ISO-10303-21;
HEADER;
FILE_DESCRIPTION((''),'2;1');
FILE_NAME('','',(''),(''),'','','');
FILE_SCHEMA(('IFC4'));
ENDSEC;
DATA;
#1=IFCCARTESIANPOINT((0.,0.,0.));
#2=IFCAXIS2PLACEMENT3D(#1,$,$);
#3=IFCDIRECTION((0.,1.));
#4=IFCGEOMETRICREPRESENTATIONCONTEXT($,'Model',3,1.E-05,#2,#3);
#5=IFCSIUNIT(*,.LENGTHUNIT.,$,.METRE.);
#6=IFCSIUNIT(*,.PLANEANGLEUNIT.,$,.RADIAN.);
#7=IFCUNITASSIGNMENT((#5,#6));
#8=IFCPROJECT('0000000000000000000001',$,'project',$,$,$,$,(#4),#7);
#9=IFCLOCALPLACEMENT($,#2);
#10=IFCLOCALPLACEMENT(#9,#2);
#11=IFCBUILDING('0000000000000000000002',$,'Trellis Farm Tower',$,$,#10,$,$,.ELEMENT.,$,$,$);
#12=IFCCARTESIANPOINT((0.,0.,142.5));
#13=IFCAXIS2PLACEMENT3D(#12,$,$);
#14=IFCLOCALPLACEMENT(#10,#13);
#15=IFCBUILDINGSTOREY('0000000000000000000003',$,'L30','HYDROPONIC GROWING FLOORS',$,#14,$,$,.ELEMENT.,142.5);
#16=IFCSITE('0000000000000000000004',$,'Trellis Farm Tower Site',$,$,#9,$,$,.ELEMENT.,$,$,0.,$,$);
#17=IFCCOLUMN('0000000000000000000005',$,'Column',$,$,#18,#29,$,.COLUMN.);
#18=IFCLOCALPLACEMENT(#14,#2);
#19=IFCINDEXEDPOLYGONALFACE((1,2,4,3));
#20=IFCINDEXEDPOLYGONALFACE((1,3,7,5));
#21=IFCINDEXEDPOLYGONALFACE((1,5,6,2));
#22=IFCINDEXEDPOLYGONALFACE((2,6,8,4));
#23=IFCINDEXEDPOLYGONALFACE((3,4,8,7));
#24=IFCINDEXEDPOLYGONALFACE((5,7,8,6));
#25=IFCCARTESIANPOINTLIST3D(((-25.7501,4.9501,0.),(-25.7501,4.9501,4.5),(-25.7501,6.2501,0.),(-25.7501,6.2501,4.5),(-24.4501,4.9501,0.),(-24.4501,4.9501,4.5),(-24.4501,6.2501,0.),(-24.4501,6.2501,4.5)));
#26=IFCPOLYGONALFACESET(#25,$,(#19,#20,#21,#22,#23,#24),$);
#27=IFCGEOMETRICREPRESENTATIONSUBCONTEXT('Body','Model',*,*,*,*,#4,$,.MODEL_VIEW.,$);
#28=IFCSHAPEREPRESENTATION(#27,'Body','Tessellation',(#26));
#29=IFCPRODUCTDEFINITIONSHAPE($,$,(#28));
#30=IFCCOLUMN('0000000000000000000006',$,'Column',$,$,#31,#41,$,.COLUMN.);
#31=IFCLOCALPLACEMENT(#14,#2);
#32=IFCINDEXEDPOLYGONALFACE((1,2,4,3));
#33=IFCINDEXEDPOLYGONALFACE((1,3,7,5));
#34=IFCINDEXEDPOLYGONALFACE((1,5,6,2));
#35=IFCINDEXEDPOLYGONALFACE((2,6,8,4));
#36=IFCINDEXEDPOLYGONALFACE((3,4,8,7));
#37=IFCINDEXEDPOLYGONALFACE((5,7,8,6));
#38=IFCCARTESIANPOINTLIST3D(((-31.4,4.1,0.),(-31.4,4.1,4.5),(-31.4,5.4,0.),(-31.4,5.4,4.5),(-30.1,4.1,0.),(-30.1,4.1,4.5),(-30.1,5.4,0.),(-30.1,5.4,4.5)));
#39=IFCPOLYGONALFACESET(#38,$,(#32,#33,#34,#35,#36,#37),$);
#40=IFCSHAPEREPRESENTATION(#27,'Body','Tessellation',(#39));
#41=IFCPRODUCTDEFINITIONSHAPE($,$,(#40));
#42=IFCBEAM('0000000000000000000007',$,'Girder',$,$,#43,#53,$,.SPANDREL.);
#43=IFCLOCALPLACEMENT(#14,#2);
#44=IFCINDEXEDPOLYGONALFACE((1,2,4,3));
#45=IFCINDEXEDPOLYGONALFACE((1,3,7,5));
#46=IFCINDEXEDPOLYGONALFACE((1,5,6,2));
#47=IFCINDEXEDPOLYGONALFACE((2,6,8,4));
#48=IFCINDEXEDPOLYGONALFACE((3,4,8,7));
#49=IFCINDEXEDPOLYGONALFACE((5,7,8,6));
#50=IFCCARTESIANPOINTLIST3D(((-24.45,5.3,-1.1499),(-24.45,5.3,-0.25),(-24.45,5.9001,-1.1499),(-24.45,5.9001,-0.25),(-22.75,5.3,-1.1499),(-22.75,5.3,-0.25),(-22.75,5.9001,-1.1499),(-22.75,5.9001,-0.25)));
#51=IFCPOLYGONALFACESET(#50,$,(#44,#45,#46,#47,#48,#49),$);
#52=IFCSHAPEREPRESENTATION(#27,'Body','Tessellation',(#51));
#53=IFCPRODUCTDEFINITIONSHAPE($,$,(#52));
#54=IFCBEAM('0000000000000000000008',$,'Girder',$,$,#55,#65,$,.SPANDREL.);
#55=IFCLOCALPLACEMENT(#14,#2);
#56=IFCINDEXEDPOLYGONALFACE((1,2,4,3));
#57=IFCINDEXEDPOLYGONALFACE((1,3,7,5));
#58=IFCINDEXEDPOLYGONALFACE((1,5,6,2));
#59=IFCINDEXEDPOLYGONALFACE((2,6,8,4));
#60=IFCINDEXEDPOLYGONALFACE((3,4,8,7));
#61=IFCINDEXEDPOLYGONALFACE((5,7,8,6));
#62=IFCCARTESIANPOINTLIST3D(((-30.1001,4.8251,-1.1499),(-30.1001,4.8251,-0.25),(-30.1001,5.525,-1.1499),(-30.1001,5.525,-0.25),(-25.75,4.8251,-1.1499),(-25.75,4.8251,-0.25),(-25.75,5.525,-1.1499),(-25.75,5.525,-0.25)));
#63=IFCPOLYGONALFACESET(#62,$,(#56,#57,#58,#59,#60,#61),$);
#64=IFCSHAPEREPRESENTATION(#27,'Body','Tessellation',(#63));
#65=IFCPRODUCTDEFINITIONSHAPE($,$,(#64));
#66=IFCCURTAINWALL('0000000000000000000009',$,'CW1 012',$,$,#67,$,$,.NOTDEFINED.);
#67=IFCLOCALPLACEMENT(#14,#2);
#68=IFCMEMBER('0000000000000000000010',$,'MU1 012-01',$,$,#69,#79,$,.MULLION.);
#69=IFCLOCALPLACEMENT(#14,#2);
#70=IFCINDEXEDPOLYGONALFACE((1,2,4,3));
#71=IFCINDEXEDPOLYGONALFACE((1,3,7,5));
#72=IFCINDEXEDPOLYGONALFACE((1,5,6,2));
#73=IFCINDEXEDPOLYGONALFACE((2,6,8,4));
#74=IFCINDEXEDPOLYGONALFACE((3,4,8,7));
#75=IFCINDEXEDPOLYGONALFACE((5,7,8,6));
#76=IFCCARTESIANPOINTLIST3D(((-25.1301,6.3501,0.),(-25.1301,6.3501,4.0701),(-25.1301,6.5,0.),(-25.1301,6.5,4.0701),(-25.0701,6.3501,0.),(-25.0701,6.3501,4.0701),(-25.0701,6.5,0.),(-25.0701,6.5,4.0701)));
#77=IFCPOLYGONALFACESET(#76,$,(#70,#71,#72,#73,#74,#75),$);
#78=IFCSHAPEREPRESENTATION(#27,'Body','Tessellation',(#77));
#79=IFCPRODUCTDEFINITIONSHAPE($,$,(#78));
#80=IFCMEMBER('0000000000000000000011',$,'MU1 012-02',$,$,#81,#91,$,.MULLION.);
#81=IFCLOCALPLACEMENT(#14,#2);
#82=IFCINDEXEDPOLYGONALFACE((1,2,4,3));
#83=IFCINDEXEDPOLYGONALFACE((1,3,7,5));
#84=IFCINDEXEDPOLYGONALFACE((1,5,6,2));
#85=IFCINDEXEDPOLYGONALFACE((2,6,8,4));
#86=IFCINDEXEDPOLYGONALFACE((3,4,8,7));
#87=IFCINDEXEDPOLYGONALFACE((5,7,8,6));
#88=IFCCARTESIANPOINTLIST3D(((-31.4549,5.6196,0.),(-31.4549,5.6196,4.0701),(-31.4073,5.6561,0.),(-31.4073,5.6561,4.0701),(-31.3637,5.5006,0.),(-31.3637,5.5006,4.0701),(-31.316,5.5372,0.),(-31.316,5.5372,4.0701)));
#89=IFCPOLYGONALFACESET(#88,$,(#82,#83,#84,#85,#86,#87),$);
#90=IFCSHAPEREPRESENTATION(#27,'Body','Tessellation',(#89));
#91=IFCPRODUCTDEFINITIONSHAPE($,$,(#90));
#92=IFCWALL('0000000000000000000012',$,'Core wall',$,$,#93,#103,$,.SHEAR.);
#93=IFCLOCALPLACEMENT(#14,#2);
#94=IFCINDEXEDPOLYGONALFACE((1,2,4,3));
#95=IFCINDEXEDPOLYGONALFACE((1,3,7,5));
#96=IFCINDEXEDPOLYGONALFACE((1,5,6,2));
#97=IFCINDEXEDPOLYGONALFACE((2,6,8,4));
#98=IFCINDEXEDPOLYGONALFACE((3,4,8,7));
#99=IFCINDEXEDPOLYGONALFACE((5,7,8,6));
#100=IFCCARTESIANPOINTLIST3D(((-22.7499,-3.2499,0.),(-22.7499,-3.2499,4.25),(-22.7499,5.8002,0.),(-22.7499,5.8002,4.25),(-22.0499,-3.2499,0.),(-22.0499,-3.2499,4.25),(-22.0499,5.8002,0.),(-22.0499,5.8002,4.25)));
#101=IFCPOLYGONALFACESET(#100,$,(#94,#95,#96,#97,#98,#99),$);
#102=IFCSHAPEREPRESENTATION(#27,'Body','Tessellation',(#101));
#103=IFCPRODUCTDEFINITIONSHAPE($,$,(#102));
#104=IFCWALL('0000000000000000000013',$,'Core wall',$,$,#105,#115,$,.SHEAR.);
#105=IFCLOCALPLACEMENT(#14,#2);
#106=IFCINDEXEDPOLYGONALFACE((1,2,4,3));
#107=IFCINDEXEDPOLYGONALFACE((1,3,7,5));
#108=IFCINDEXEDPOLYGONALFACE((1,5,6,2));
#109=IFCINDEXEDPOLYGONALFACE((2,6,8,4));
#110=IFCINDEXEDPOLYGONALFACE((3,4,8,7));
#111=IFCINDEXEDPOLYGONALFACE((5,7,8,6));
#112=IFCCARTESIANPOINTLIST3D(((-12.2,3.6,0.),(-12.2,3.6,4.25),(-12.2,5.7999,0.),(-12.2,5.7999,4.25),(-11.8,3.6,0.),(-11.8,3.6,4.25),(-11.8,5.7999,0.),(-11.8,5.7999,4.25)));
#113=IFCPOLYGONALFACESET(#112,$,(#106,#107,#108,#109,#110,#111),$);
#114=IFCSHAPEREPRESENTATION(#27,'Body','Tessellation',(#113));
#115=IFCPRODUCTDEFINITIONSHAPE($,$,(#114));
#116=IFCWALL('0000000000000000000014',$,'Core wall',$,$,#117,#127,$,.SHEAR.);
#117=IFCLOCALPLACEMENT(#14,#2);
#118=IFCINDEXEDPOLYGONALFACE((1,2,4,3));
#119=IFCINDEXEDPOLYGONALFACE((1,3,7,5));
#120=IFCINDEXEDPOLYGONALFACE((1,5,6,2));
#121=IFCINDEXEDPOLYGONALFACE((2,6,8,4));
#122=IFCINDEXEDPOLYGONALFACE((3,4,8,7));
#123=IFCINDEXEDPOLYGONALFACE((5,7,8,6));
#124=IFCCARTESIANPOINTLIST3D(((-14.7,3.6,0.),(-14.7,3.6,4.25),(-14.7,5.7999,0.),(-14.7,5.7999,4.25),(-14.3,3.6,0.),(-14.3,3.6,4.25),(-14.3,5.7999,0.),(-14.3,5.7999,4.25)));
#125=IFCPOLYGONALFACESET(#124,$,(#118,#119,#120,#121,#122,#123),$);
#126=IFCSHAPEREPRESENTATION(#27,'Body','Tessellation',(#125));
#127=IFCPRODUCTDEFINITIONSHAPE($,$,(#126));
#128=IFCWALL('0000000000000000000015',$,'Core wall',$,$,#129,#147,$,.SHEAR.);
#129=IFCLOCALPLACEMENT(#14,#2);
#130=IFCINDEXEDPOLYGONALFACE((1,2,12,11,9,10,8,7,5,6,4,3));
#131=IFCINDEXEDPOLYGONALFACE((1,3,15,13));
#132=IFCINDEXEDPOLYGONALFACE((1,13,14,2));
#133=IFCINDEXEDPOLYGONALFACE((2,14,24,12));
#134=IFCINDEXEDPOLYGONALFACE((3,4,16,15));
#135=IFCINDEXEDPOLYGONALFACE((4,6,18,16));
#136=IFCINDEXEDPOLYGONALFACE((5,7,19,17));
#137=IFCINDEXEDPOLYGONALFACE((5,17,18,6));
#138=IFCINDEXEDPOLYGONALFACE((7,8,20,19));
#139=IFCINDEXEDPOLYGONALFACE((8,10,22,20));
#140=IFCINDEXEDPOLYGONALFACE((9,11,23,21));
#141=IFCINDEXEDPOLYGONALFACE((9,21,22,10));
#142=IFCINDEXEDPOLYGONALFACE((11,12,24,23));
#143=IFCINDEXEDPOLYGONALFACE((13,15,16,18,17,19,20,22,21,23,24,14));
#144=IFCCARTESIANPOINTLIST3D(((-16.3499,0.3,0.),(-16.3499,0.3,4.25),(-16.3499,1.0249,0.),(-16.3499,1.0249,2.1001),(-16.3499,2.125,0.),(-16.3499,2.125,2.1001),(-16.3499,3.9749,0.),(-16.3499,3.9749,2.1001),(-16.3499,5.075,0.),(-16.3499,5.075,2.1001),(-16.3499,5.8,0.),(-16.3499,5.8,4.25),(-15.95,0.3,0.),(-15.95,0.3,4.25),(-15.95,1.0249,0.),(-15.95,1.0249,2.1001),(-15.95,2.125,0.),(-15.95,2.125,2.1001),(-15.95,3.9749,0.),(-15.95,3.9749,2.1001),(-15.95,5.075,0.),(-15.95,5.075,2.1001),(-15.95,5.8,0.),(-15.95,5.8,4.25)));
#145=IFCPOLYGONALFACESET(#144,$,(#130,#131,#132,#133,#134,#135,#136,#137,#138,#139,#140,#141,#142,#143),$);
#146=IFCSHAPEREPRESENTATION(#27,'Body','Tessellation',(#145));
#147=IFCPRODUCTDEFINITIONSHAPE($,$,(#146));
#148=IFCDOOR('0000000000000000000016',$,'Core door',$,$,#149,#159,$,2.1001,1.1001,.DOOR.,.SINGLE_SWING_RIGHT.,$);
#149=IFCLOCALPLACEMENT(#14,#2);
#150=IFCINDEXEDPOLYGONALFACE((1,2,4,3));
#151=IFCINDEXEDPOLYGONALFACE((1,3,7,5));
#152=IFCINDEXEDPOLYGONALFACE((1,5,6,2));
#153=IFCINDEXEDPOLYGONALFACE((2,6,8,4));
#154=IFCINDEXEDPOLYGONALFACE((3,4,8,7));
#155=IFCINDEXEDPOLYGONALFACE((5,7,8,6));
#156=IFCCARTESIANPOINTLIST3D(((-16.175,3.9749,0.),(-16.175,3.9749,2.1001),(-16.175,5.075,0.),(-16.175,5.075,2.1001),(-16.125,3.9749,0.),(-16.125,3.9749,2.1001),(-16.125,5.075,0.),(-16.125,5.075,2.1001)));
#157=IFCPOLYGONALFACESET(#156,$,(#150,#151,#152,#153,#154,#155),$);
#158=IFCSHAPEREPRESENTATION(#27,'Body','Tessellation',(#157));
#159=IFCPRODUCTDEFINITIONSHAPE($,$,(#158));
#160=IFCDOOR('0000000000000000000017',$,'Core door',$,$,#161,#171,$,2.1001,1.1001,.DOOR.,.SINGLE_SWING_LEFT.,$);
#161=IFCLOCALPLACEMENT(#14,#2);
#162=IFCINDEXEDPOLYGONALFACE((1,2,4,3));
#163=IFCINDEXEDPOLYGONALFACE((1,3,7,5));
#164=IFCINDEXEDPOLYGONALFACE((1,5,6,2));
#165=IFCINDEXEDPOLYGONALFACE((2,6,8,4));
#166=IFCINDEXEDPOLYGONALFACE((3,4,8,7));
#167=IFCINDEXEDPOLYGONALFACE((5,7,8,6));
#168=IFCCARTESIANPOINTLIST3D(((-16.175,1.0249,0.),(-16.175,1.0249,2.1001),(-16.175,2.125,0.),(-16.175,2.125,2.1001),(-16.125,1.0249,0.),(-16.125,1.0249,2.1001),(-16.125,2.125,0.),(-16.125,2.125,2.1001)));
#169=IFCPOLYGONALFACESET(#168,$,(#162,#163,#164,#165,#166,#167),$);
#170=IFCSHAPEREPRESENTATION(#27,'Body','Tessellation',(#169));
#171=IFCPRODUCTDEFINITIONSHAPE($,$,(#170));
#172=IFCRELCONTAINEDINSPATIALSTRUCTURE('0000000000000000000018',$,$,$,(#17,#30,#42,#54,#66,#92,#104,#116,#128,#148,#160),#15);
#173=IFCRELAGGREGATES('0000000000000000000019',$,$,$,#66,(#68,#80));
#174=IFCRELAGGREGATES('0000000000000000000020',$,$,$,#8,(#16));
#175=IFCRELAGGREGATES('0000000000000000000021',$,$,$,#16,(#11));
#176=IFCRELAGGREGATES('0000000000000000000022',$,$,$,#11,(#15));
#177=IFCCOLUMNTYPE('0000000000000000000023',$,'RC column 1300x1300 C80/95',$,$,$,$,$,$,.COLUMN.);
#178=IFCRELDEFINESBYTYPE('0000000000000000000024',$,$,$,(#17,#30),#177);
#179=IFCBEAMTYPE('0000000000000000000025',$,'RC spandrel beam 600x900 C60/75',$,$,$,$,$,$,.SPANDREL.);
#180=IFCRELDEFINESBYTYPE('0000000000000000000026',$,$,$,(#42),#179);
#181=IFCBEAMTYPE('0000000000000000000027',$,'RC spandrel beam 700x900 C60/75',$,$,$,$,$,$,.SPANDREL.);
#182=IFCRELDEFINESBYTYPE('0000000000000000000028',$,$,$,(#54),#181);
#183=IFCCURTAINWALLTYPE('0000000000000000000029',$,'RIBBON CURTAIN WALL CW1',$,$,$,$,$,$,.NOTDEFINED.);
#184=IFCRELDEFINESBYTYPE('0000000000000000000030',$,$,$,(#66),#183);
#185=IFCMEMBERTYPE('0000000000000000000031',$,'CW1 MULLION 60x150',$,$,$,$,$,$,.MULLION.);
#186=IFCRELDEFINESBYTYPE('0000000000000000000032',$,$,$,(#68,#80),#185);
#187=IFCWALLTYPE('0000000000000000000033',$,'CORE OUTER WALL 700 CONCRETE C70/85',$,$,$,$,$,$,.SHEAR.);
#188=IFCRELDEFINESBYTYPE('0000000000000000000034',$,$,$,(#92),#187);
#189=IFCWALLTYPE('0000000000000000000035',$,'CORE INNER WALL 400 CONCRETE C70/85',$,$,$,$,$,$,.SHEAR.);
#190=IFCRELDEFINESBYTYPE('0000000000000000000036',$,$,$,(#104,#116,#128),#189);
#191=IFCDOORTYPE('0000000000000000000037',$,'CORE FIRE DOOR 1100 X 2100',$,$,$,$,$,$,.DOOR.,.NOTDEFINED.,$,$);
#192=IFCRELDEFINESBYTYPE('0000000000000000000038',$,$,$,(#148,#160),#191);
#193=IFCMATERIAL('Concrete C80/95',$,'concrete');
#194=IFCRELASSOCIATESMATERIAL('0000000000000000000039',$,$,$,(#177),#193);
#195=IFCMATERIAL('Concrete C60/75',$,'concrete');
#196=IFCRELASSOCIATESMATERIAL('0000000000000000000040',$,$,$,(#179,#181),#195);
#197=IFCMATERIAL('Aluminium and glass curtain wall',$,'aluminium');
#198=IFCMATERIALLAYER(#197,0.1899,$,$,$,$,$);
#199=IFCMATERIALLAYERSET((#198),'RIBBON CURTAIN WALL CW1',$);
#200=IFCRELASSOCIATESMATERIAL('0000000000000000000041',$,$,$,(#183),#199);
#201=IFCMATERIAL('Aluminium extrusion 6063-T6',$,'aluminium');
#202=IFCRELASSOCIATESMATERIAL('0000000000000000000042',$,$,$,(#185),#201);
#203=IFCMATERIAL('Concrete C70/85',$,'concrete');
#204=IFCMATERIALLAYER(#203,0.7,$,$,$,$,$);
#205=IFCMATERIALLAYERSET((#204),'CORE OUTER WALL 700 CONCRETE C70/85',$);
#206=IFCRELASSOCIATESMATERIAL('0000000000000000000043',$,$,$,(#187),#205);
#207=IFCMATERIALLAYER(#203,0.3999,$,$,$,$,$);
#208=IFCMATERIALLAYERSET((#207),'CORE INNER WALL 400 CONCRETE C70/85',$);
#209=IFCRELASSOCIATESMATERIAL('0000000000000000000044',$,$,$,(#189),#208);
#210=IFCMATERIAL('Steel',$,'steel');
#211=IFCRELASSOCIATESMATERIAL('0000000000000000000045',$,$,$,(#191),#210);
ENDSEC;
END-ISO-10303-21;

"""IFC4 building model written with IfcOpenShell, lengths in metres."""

from ifc_helpers import new_model, si_unit, direction, frame, frame_2d, origin, origin_2d, place, context, subcontext, project, spatial, rectangle, extrude, source, transform, mapped, material, layer, layer_set, material_profile, profile_set, type_object, element, fill, aggregate, save


model = new_model("IFC4")

# Units and contexts
model_context = context("Model", 3, precision=1e-05, world=origin(), true_north=direction((0.0, 1.0)))
body_context = subcontext(model_context, "Body", "Model", "MODEL_VIEW")
ifc_project = project(units=[si_unit("LENGTHUNIT", "METRE"), si_unit("PLANEANGLEUNIT", "RADIAN")], contexts=[model_context])

# Site, building, storey
site_placement = place(None, origin())
site = spatial("IfcSite", under=ifc_project, at=site_placement, Name="Trellis Farm Tower Site", CompositionType="ELEMENT", RefElevation=0.0)
building_placement = place(site_placement, origin())
building = spatial("IfcBuilding", under=site, at=building_placement, Name="Trellis Farm Tower", CompositionType="ELEMENT")
storey_placement = place(building_placement, frame((0.0, 0.0, 142.5)))
storey = spatial("IfcBuildingStorey", under=building, at=storey_placement, Name="L30", Description="HYDROPONIC GROWING FLOORS", CompositionType="ELEMENT", Elevation=142.5)

# Columns
ifc_material_1 = material(Name="Concrete C80/95", Category="concrete")
ifc_material_profile_1 = material_profile(ifc_material_1, rectangle(XDim=1.3, YDim=1.3, at=origin_2d()), Name="RC column 1300x1300 C80/95")
ifc_profile_set_1 = profile_set([ifc_material_profile_1], Name="Concrete C80/95")
column_type = type_object("IfcColumnType", Name="RC column 1300x1300 C80/95", PredefinedType="COLUMN", material=ifc_profile_set_1)
shared_shape_1 = source(origin(), body_context, "Body", "SweptSolid", [
    extrude(rectangle(XDim=1.3, YDim=1.3, at=origin_2d()), origin(), (0.0, 0.0, 1.0), 4.5),
])
for number, where, z_axis, x_axis, name in (
    (1, (-25.1001, 5.6001, 0.0), (0.0, 0.0, 1.0), (1.0, 0.0, 0.0), "Column"),
    (2, (-30.75, 4.75, 0.0), (0.0, 0.0, 1.0), (1.0, 0.0, 0.0), "Column"),
):
    element("IfcColumn", number, at=place(storey_placement, frame(where, z_axis=z_axis, x_axis=x_axis)), inside=storey, type_object=column_type, Name=name, PredefinedType="COLUMN", context=body_context, shape_type="MappedRepresentation", body=[
        mapped(shared_shape_1, transform((0.0, 0.0, 0.0))),
    ])

# Beams
ifc_material_2 = material(Name="Concrete C60/75", Category="concrete")
ifc_material_profile_2 = material_profile(ifc_material_2, rectangle(XDim=0.6001, YDim=0.8999, at=origin_2d()), Name="RC spandrel beam 600x900 C60/75")
ifc_profile_set_2 = profile_set([ifc_material_profile_2], Name="Concrete C60/75")
beam_type_1 = type_object("IfcBeamType", Name="RC spandrel beam 600x900 C60/75", PredefinedType="SPANDREL", material=ifc_profile_set_2)
shared_shape_2 = source(origin(), body_context, "Body", "SweptSolid", [
    extrude(rectangle(XDim=0.6001, YDim=0.8999, at=origin_2d()), origin(), (0.0, 0.0, 1.0), 1.7),
])
beam_1_placement = place(storey_placement, frame((-24.45, 5.6001, -0.7), z_axis=(1.0, 0.0, 0.0), x_axis=(0.0, 1.0, 0.0)))
element("IfcBeam", 3, at=beam_1_placement, inside=storey, type_object=beam_type_1, Name="Girder", PredefinedType="SPANDREL", context=body_context, shape_type="MappedRepresentation", body=[
    mapped(shared_shape_2, transform((0.0, 0.0, 0.0))),
])
ifc_material_profile_3 = material_profile(ifc_material_2, rectangle(XDim=0.7, YDim=0.8999, at=origin_2d()), Name="RC spandrel beam 700x900 C60/75")
ifc_profile_set_3 = profile_set([ifc_material_profile_3], Name="Concrete C60/75")
beam_type_2 = type_object("IfcBeamType", Name="RC spandrel beam 700x900 C60/75", PredefinedType="SPANDREL", material=ifc_profile_set_3)
shared_shape_3 = source(origin(), body_context, "Body", "SweptSolid", [
    extrude(rectangle(XDim=0.7, YDim=0.8999, at=origin_2d()), origin(), (0.0, 0.0, 1.0), 4.3501),
])
beam_2_placement = place(storey_placement, frame((-30.1001, 5.175, -0.7), z_axis=(1.0, 0.0, 0.0), x_axis=(0.0, 1.0, 0.0)))
element("IfcBeam", 4, at=beam_2_placement, inside=storey, type_object=beam_type_2, Name="Girder", PredefinedType="SPANDREL", context=body_context, shape_type="MappedRepresentation", body=[
    mapped(shared_shape_3, transform((0.0, 0.0, 0.0))),
])

# Curtain wall, members
ifc_material_3 = material(Name="Aluminium and glass curtain wall", Category="aluminium")
ifc_layer_1 = layer(ifc_material_3, 0.1899)
ifc_layer_set_1 = layer_set([ifc_layer_1], Name="RIBBON CURTAIN WALL CW1")
curtain_wall_type = type_object("IfcCurtainWallType", Name="RIBBON CURTAIN WALL CW1", PredefinedType="NOTDEFINED", material=ifc_layer_set_1)
placement = place(storey_placement, origin())
curtain_wall = element("IfcCurtainWall", 5, at=placement, inside=storey, type_object=curtain_wall_type, Name="CW1 012", PredefinedType="NOTDEFINED")
ifc_material_4 = material(Name="Aluminium extrusion 6063-T6", Category="aluminium")
ifc_material_profile_4 = material_profile(ifc_material_4, rectangle(XDim=0.0601, YDim=0.1499, at=origin_2d()), Name="MULLION 60x150")
ifc_profile_set_4 = profile_set([ifc_material_profile_4], Name="Aluminium extrusion 6063-T6")
member_type = type_object("IfcMemberType", Name="CW1 MULLION 60x150", PredefinedType="MULLION", material=ifc_profile_set_4)
shared_shape_4 = source(origin(), body_context, "Body", "SweptSolid", [
    extrude(rectangle(XDim=0.0601, YDim=0.1499, at=origin_2d()), origin(), (0.0, 0.0, 1.0), 4.0701),
])
member_1_placement = place(storey_placement, frame((-25.1001, 6.425, 0.0), z_axis=(0.0, 0.0, 1.0), x_axis=(-1.0, 0.0, 0.0)))
member_1 = element("IfcMember", 6, at=member_1_placement, type_object=member_type, Name="MU1 012-01", PredefinedType="MULLION", context=body_context, shape_type="MappedRepresentation", body=[
    mapped(shared_shape_4, transform((0.0, 0.0, 0.0))),
])
member_2_placement = place(storey_placement, frame((-31.3855, 5.5784, 0.0), z_axis=(0.0, 0.0, 1.0), x_axis=(-0.793353, -0.608761, 0.0)))
member_2 = element("IfcMember", 7, at=member_2_placement, type_object=member_type, Name="MU1 012-02", PredefinedType="MULLION", context=body_context, shape_type="MappedRepresentation", body=[
    mapped(shared_shape_4, transform((0.0, 0.0, 0.0))),
])
aggregate(curtain_wall, [member_1, member_2])

# Walls
ifc_material_5 = material(Name="Concrete C70/85", Category="concrete")
ifc_layer_2 = layer(ifc_material_5, 0.7)
ifc_layer_set_2 = layer_set([ifc_layer_2], Name="CORE OUTER WALL 700 CONCRETE C70/85")
wall_type_1 = type_object("IfcWallType", Name="CORE OUTER WALL 700 CONCRETE C70/85", PredefinedType="SHEAR", material=ifc_layer_set_2)
shared_shape_5 = source(origin(), body_context, "Body", "SweptSolid", [
    extrude(rectangle(XDim=9.05, YDim=0.7, at=frame_2d((4.5249, 0.0))), origin(), (0.0, 0.0, 1.0), 4.25),
])
wall_1_placement = place(storey_placement, frame((-22.3999, 5.8, 0.0), z_axis=(0.0, 0.0, 1.0), x_axis=(0.0, -1.0, 0.0)))
element("IfcWall", 8, at=wall_1_placement, inside=storey, type_object=wall_type_1, Name="Core wall", PredefinedType="SHEAR", context=body_context, shape_type="MappedRepresentation", body=[
    mapped(shared_shape_5, transform((0.0, 0.0, 0.0))),
])
ifc_layer_3 = layer(ifc_material_5, 0.3999)
ifc_layer_set_3 = layer_set([ifc_layer_3], Name="CORE INNER WALL 400 CONCRETE C70/85")
wall_type_2 = type_object("IfcWallType", Name="CORE INNER WALL 400 CONCRETE C70/85", PredefinedType="SHEAR", material=ifc_layer_set_3)
shared_shape_6 = source(origin(), body_context, "Body", "SweptSolid", [
    extrude(rectangle(XDim=2.2, YDim=0.3999, at=frame_2d((1.1001, 0.0))), origin(), (0.0, 0.0, 1.0), 4.25),
])
for number, where, z_axis, x_axis, name in (
    (9, (-12.0, 5.8, 0.0), (0.0, 0.0, 1.0), (0.0, -1.0, 0.0), "Core wall"),
    (10, (-14.5, 5.8, 0.0), (0.0, 0.0, 1.0), (0.0, -1.0, 0.0), "Core wall"),
):
    element("IfcWall", number, at=place(storey_placement, frame(where, z_axis=z_axis, x_axis=x_axis)), inside=storey, type_object=wall_type_2, Name=name, PredefinedType="SHEAR", context=body_context, shape_type="MappedRepresentation", body=[
        mapped(shared_shape_6, transform((0.0, 0.0, 0.0))),
    ])

# Wall, openings, doors
shared_shape_7 = source(origin(), body_context, "Body", "SweptSolid", [
    extrude(rectangle(XDim=5.5, YDim=0.3999, at=frame_2d((2.75, 0.0))), origin(), (0.0, 0.0, 1.0), 4.25),
])
wall_2_placement = place(storey_placement, frame((-16.1499, 5.8, 0.0), z_axis=(0.0, 0.0, 1.0), x_axis=(0.0, -1.0, 0.0)))
wall_2 = element("IfcWall", 11, at=wall_2_placement, inside=storey, type_object=wall_type_2, Name="Core wall", PredefinedType="SHEAR", context=body_context, shape_type="MappedRepresentation", body=[
    mapped(shared_shape_7, transform((0.0, 0.0, 0.0))),
])
shared_shape_8 = source(origin(), body_context, "Body", "SweptSolid", [
    extrude(rectangle(XDim=1.1001, YDim=2.1001, at=frame_2d((0.55, 1.05))), frame((0.0, 0.21, 0.0), z_axis=(0.0, -1.0, 0.0), x_axis=(1.0, 0.0, 0.0)), (0.0, 0.0, 1.0), 0.4199),
])
opening_1_placement = place(wall_2_placement, frame((0.7251, 0.0, 0.0)))
opening_1 = element("IfcOpeningElement", 12, at=opening_1_placement, cuts=wall_2, PredefinedType="OPENING", context=body_context, shape_type="MappedRepresentation", body=[
    mapped(shared_shape_8, transform((0.0, 0.0, 0.0))),
])
opening_2_placement = place(wall_2_placement, frame((3.675, 0.0, 0.0)))
opening_2 = element("IfcOpeningElement", 13, at=opening_2_placement, cuts=wall_2, PredefinedType="OPENING", context=body_context, shape_type="MappedRepresentation", body=[
    mapped(shared_shape_8, transform((0.0, 0.0, 0.0))),
])
ifc_material_6 = material(Name="Steel", Category="steel")
door_type = type_object("IfcDoorType", Name="CORE FIRE DOOR 1100 X 2100", OperationType="NOTDEFINED", PredefinedType="DOOR", material=ifc_material_6)
shared_shape_9 = source(origin(), body_context, "Body", "SweptSolid", [
    extrude(rectangle(XDim=1.1001, YDim=2.1001, at=frame_2d((0.55, 1.05))), frame((0.0, 0.0249, 0.0), z_axis=(0.0, -1.0, 0.0), x_axis=(1.0, 0.0, 0.0)), (0.0, 0.0, 1.0), 0.05),
])
door_1_placement = place(opening_1_placement, origin())
door_1 = element("IfcDoor", 14, at=door_1_placement, inside=storey, type_object=door_type, Name="Core door", OperationType="SINGLE_SWING_RIGHT", OverallHeight=2.1001, OverallWidth=1.1001, PredefinedType="DOOR", context=body_context, shape_type="MappedRepresentation", body=[
    mapped(shared_shape_9, transform((0.0, 0.0, 0.0))),
])
fill(opening_1, door_1)
door_2_placement = place(opening_2_placement, origin())
door_2 = element("IfcDoor", 15, at=door_2_placement, inside=storey, type_object=door_type, Name="Core door", OperationType="SINGLE_SWING_LEFT", OverallHeight=2.1001, OverallWidth=1.1001, PredefinedType="DOOR", context=body_context, shape_type="MappedRepresentation", body=[
    mapped(shared_shape_9, transform((0.0, 0.0, 0.0))),
])
fill(opening_2, door_2)

save(model, "model.ifc")
